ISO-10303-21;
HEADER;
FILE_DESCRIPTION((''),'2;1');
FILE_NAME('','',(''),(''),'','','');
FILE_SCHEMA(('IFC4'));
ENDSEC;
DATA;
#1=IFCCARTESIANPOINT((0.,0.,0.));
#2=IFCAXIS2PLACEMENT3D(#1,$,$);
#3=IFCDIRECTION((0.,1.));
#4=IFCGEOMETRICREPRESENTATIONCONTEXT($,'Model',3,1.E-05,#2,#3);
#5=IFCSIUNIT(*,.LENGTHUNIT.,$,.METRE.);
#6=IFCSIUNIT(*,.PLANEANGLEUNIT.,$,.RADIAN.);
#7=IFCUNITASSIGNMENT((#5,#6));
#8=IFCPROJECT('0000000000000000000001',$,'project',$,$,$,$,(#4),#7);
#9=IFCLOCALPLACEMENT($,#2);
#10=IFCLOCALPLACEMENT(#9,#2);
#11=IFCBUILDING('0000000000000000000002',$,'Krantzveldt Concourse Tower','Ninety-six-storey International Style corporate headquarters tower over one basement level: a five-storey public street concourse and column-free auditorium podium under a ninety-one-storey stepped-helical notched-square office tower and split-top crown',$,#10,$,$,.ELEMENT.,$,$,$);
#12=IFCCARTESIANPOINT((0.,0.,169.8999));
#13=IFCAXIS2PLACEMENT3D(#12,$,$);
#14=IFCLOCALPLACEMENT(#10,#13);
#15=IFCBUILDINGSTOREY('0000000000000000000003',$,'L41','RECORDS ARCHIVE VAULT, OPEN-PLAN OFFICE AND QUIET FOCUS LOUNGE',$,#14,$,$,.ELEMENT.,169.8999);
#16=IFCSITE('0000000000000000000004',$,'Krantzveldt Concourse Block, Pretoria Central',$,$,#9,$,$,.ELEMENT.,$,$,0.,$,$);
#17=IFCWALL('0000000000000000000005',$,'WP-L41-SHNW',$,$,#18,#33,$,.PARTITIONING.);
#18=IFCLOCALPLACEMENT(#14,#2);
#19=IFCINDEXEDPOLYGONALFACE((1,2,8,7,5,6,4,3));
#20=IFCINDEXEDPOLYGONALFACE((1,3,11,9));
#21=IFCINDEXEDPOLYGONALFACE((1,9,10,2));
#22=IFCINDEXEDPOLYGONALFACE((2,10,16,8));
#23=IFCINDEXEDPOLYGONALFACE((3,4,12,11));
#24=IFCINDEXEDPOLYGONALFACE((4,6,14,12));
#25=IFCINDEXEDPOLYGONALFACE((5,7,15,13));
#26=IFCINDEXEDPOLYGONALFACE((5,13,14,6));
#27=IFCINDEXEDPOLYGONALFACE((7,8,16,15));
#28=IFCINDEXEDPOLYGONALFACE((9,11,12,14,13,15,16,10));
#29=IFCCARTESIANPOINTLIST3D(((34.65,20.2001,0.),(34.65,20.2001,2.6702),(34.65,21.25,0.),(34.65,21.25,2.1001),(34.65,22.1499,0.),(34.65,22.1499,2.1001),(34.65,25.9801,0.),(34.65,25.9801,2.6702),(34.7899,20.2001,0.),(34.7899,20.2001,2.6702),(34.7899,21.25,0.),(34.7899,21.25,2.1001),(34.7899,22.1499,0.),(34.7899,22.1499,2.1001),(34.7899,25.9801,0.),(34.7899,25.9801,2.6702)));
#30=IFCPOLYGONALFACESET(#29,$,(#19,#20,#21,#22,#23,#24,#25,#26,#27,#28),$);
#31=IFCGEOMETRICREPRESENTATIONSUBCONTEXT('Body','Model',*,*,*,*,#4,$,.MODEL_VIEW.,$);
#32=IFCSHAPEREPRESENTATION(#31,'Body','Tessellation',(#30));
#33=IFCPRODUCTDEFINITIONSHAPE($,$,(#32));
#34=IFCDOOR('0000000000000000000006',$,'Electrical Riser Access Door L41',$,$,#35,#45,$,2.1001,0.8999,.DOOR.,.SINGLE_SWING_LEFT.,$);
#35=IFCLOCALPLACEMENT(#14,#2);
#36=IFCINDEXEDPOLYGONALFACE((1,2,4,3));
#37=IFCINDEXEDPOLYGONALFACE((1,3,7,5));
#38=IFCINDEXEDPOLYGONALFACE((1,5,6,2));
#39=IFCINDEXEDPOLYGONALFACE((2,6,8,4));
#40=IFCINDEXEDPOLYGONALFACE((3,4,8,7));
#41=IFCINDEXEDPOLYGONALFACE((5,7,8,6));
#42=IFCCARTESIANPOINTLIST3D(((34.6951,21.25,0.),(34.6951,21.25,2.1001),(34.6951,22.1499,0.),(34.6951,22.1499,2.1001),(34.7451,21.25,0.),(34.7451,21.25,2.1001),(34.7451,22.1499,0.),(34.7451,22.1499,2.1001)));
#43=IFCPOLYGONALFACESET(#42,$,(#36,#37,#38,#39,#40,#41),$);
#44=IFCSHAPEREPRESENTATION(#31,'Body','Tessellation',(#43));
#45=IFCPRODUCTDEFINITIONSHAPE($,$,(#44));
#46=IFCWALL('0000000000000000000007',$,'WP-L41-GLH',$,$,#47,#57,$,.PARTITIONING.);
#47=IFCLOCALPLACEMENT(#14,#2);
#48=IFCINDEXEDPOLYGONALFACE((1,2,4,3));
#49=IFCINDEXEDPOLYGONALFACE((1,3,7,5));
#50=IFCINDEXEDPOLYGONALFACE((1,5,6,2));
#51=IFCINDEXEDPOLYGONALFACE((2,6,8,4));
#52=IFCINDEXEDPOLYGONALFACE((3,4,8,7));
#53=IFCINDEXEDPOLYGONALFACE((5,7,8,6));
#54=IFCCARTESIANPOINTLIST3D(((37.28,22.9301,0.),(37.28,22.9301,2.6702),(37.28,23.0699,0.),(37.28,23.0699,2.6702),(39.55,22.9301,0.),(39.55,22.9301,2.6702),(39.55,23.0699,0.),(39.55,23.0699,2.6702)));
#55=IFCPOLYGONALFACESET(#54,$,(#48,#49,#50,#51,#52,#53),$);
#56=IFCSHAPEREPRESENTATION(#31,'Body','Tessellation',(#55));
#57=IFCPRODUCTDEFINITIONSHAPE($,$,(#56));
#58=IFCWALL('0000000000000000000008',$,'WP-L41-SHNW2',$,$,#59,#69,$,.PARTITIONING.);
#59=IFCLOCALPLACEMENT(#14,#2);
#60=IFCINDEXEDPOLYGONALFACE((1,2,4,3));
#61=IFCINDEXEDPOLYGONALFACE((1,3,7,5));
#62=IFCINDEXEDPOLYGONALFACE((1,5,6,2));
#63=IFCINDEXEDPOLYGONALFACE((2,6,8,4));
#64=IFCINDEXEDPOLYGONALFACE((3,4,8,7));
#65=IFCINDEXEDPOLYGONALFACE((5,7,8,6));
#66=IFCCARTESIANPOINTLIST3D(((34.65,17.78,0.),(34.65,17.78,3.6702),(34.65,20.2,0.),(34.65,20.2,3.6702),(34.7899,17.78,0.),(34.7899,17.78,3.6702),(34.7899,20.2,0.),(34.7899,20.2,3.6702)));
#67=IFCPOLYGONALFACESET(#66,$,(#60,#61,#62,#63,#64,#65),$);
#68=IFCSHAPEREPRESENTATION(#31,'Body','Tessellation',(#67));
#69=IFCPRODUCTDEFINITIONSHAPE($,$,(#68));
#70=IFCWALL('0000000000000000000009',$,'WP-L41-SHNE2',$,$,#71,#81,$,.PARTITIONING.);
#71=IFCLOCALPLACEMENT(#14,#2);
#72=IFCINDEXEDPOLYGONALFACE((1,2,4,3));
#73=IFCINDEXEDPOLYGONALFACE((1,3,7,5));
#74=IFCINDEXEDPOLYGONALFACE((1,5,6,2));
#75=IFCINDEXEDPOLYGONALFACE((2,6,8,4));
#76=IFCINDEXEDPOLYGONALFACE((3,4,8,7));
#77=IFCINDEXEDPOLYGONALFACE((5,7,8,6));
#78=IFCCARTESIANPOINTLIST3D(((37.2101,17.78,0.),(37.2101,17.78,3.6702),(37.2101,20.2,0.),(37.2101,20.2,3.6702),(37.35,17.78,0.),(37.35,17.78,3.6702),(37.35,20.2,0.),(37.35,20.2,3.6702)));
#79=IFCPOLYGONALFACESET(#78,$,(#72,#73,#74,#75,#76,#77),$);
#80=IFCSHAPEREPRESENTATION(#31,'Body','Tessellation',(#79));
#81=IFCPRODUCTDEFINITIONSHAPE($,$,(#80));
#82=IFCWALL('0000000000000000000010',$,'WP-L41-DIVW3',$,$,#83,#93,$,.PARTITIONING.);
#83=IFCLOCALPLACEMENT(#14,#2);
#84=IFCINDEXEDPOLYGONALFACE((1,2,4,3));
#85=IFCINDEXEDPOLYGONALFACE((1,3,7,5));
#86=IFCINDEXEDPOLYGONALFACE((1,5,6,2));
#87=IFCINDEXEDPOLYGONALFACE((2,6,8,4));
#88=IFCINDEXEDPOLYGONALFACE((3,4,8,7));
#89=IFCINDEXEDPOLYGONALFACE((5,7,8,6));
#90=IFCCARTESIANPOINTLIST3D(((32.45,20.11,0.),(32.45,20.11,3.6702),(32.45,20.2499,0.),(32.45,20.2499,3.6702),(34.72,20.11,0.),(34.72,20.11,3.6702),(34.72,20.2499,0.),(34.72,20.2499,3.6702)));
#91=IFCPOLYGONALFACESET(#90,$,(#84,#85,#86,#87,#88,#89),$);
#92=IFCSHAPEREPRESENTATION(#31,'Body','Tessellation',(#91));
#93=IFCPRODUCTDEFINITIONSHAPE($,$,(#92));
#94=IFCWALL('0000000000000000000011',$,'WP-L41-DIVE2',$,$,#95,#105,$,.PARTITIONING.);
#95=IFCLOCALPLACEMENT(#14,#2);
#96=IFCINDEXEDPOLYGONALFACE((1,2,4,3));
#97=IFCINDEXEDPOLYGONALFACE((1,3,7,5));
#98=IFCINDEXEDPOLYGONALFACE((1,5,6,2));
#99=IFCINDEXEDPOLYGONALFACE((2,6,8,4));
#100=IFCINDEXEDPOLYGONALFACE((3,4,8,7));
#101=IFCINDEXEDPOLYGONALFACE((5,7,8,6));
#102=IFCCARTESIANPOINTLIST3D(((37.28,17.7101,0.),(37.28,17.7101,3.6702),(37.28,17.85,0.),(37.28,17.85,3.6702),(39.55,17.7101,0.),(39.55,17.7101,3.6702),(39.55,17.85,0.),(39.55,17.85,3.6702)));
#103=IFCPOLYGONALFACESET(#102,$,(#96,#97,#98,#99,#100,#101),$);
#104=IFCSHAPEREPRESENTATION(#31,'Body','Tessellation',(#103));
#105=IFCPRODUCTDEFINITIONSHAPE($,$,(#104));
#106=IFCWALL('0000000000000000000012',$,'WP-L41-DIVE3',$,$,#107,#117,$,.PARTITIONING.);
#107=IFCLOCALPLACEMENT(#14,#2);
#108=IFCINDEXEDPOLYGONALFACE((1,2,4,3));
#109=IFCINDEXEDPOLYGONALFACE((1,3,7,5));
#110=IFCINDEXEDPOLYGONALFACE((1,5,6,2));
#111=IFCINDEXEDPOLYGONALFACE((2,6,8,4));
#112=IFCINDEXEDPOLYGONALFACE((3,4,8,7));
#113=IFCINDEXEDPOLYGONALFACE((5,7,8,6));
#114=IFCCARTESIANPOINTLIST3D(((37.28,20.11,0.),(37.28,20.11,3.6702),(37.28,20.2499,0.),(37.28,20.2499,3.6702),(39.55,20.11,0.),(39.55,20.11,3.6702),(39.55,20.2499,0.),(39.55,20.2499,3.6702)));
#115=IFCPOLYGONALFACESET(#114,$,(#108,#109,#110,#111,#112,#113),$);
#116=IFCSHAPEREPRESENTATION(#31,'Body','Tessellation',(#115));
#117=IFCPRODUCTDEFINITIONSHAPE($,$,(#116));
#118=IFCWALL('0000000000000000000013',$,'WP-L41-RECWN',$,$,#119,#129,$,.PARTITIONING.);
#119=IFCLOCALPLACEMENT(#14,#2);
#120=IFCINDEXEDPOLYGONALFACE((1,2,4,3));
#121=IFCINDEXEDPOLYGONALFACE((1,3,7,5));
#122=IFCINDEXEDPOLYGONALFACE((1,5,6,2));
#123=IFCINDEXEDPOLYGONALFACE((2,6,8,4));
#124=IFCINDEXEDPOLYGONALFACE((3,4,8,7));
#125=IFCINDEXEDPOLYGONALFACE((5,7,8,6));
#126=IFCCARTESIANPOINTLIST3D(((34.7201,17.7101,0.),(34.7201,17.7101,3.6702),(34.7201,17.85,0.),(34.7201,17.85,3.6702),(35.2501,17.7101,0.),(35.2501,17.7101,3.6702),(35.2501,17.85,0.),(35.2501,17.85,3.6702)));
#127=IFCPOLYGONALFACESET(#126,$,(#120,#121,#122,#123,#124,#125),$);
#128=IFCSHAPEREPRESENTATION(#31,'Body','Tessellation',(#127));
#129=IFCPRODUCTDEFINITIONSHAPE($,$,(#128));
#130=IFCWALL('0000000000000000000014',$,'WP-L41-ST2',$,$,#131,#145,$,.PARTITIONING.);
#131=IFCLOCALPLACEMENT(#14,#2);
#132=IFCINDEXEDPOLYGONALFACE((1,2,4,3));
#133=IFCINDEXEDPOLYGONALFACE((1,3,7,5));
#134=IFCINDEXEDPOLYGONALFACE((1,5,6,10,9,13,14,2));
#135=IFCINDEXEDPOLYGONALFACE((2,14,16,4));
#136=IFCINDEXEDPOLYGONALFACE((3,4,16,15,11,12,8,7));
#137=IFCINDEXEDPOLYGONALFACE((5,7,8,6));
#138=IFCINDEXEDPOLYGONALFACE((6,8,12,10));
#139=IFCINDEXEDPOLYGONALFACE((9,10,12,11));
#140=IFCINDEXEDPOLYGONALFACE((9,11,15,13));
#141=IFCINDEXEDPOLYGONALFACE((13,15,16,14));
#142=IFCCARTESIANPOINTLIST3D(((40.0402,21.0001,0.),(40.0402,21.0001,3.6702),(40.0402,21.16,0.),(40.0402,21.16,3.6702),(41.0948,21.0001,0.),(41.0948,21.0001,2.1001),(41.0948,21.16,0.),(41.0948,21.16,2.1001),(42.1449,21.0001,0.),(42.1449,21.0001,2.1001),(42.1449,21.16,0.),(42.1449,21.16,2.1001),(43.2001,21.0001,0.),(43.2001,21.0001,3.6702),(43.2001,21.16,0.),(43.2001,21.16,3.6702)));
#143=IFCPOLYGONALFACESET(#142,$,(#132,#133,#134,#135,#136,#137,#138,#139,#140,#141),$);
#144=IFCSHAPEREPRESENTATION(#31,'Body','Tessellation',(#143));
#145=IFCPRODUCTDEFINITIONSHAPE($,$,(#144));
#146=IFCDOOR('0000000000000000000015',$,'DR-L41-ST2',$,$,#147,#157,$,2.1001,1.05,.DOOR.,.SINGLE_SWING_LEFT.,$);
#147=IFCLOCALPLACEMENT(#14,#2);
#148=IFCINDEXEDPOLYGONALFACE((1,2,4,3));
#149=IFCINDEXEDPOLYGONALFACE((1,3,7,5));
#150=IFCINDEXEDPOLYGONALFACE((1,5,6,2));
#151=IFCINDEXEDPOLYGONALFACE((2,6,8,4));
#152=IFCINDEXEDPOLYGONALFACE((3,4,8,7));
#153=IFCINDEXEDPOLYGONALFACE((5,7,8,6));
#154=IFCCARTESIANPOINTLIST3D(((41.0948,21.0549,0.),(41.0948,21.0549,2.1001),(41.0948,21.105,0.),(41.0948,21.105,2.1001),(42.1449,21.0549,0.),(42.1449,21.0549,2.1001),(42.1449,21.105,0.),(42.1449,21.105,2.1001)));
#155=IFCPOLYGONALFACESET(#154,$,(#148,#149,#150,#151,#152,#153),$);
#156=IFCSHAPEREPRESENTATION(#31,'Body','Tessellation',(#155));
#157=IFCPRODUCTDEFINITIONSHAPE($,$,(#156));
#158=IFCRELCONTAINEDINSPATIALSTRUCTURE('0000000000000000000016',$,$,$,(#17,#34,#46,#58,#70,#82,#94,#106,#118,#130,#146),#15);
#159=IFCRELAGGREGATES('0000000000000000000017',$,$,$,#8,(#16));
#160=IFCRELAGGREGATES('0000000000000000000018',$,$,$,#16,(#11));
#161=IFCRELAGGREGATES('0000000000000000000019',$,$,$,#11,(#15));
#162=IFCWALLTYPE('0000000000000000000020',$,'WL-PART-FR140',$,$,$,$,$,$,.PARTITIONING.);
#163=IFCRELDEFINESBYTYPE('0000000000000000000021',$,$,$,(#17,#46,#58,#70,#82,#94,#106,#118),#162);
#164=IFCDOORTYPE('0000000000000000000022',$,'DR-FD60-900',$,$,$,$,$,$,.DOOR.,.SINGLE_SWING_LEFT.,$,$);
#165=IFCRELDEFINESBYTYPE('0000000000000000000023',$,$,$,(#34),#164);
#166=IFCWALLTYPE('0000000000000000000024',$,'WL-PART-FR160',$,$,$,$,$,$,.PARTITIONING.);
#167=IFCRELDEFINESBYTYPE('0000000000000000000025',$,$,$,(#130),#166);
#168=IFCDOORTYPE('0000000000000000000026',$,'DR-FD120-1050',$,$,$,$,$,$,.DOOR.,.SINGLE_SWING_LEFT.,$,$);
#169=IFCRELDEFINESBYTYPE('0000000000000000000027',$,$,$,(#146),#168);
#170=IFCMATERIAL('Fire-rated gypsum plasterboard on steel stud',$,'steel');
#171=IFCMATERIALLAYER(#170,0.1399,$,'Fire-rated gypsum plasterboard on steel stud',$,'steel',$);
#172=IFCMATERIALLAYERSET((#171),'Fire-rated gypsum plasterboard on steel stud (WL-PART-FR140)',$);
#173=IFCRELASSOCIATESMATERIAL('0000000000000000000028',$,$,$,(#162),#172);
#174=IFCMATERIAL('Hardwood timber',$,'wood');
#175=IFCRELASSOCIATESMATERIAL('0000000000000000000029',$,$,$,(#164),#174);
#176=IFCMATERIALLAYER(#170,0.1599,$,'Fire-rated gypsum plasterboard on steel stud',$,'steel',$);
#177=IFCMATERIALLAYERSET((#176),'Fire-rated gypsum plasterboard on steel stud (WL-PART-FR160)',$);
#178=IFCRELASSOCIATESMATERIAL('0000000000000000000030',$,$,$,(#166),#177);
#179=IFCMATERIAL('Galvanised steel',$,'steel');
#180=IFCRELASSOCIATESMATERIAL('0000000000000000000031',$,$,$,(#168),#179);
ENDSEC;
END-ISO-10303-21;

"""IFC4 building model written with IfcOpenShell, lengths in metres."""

from ifc_helpers import new_model, si_unit, direction, frame, frame_2d, origin, place, context, subcontext, project, spatial, rectangle, extrude, material, layer, layer_set, type_object, element, fill, save


model = new_model("IFC4")

# Units and contexts
model_context = context("Model", 3, precision=1e-05, world=origin(), true_north=direction((0.0, 1.0)))
body_context = subcontext(model_context, "Body", "Model", "MODEL_VIEW")
ifc_project = project(units=[si_unit("LENGTHUNIT", "METRE"), si_unit("PLANEANGLEUNIT", "RADIAN")], contexts=[model_context])

# Site, building, storey
site_placement = place(None, origin())
site = spatial("IfcSite", under=ifc_project, at=site_placement, Name="Krantzveldt Concourse Block, Pretoria Central", CompositionType="ELEMENT", RefElevation=0.0)
building_placement = place(site_placement, origin())
building = spatial("IfcBuilding", under=site, at=building_placement, Name="Krantzveldt Concourse Tower", Description="Ninety-six-storey International Style corporate headquarters tower over one basement level: a five-storey public street concourse and column-free auditorium podium under a ninety-one-storey stepped-helical notched-square office tower and split-top crown", CompositionType="ELEMENT")
storey_placement = place(building_placement, frame((0.0, 0.0, 169.8999)))
storey = spatial("IfcBuildingStorey", under=building, at=storey_placement, Name="L41", Description="RECORDS ARCHIVE VAULT, OPEN-PLAN OFFICE AND QUIET FOCUS LOUNGE", CompositionType="ELEMENT", Elevation=169.8999)

# Wall, opening, door
ifc_material_1 = material(Name="Fire-rated gypsum plasterboard on steel stud", Category="steel")
ifc_layer_1 = layer(ifc_material_1, 0.1399, Name="Fire-rated gypsum plasterboard on steel stud", Category="steel")
ifc_layer_set_1 = layer_set([ifc_layer_1], Name="Fire-rated gypsum plasterboard on steel stud (WL-PART-FR140)")
wall_type_1 = type_object("IfcWallType", Name="WL-PART-FR140", PredefinedType="PARTITIONING", material=ifc_layer_set_1)
wall_1_placement = place(storey_placement, frame((34.72, 20.2, 0.0), z_axis=(0.0, 0.0, 1.0), x_axis=(0.0, 1.0, 0.0)))
wall_1 = element("IfcWall", 1, at=wall_1_placement, inside=storey, type_object=wall_type_1, Name="WP-L41-SHNW", PredefinedType="PARTITIONING", context=body_context, shape_type="SweptSolid", body=[
    extrude(rectangle(XDim=5.78, YDim=0.1399, at=frame_2d((2.8901, 0.0))), origin(), (0.0, 0.0, 1.0), 2.6702),
])
opening_1_placement = place(wall_1_placement, frame((1.05, 0.0, 0.0)))
opening_1 = element("IfcOpeningElement", 2, at=opening_1_placement, cuts=wall_1, PredefinedType="OPENING", context=body_context, shape_type="SweptSolid", body=[
    extrude(rectangle(XDim=0.8999, YDim=2.1001, at=frame_2d((0.45, 1.05))), frame((0.0, 0.0801, 0.0), z_axis=(0.0, -1.0, 0.0), x_axis=(1.0, 0.0, 0.0)), (0.0, 0.0, 1.0), 0.1599),
])
ifc_material_2 = material(Name="Hardwood timber", Category="wood")
door_type_1 = type_object("IfcDoorType", Name="DR-FD60-900", OperationType="SINGLE_SWING_LEFT", PredefinedType="DOOR", material=ifc_material_2)
door_1_placement = place(opening_1_placement, origin())
door_1 = element("IfcDoor", 3, at=door_1_placement, inside=storey, type_object=door_type_1, Name="Electrical Riser Access Door L41", OperationType="SINGLE_SWING_LEFT", OverallHeight=2.1001, OverallWidth=0.8999, PredefinedType="DOOR", context=body_context, shape_type="SweptSolid", body=[
    extrude(rectangle(XDim=0.8999, YDim=2.1001, at=frame_2d((0.45, 1.05))), frame((0.0, 0.0249, 0.0), z_axis=(0.0, -1.0, 0.0), x_axis=(1.0, 0.0, 0.0)), (0.0, 0.0, 1.0), 0.05),
])
fill(opening_1, door_1)

# Walls
wall_2_placement = place(storey_placement, frame((37.28, 23.0, 0.0), z_axis=(0.0, 0.0, 1.0), x_axis=(1.0, 0.0, 0.0)))
element("IfcWall", 4, at=wall_2_placement, inside=storey, type_object=wall_type_1, Name="WP-L41-GLH", PredefinedType="PARTITIONING", context=body_context, shape_type="SweptSolid", body=[
    extrude(rectangle(XDim=2.27, YDim=0.1399, at=frame_2d((1.135, 0.0))), origin(), (0.0, 0.0, 1.0), 2.6702),
])
for number, where, z_axis, x_axis, name in (
    (5, (34.72, 17.78, 0.0), (0.0, 0.0, 1.0), (0.0, 1.0, 0.0), "WP-L41-SHNW2"),
    (6, (37.28, 17.78, 0.0), (0.0, 0.0, 1.0), (0.0, 1.0, 0.0), "WP-L41-SHNE2"),
):
    element("IfcWall", number, at=place(storey_placement, frame(where, z_axis=z_axis, x_axis=x_axis)), inside=storey, type_object=wall_type_1, Name=name, PredefinedType="PARTITIONING", context=body_context, shape_type="SweptSolid", body=[
        extrude(rectangle(XDim=2.4199, YDim=0.1399, at=frame_2d((1.21, 0.0))), origin(), (0.0, 0.0, 1.0), 3.6702),
    ])
for number, where, z_axis, x_axis, name in (
    (7, (32.45, 20.1799, 0.0), (0.0, 0.0, 1.0), (1.0, 0.0, 0.0), "WP-L41-DIVW3"),
    (8, (37.28, 17.78, 0.0), (0.0, 0.0, 1.0), (1.0, 0.0, 0.0), "WP-L41-DIVE2"),
    (9, (37.28, 20.1799, 0.0), (0.0, 0.0, 1.0), (1.0, 0.0, 0.0), "WP-L41-DIVE3"),
):
    element("IfcWall", number, at=place(storey_placement, frame(where, z_axis=z_axis, x_axis=x_axis)), inside=storey, type_object=wall_type_1, Name=name, PredefinedType="PARTITIONING", context=body_context, shape_type="SweptSolid", body=[
        extrude(rectangle(XDim=2.27, YDim=0.1399, at=frame_2d((1.135, 0.0))), origin(), (0.0, 0.0, 1.0), 3.6702),
    ])
wall_3_placement = place(storey_placement, frame((34.72, 17.78, 0.0), z_axis=(0.0, 0.0, 1.0), x_axis=(1.0, 0.0, 0.0)))
element("IfcWall", 10, at=wall_3_placement, inside=storey, type_object=wall_type_1, Name="WP-L41-RECWN", PredefinedType="PARTITIONING", context=body_context, shape_type="SweptSolid", body=[
    extrude(rectangle(XDim=0.53, YDim=0.1399, at=frame_2d((0.2651, 0.0))), origin(), (0.0, 0.0, 1.0), 3.6702),
])

# Wall, opening, door
ifc_layer_2 = layer(ifc_material_1, 0.1599, Name="Fire-rated gypsum plasterboard on steel stud", Category="steel")
ifc_layer_set_2 = layer_set([ifc_layer_2], Name="Fire-rated gypsum plasterboard on steel stud (WL-PART-FR160)")
wall_type_2 = type_object("IfcWallType", Name="WL-PART-FR160", PredefinedType="PARTITIONING", material=ifc_layer_set_2)
wall_4_placement = place(storey_placement, frame((40.04, 21.0801, 0.0), z_axis=(0.0, 0.0, 1.0), x_axis=(1.0, 0.0, 0.0)))
wall_4 = element("IfcWall", 11, at=wall_4_placement, inside=storey, type_object=wall_type_2, Name="WP-L41-ST2", PredefinedType="PARTITIONING", context=body_context, shape_type="SweptSolid", body=[
    extrude(rectangle(XDim=3.1599, YDim=0.1599, at=frame_2d((1.5801, 0.0))), origin(), (0.0, 0.0, 1.0), 3.6702),
])
opening_2_placement = place(wall_4_placement, frame((1.0549, 0.0, 0.0)))
opening_2 = element("IfcOpeningElement", 12, at=opening_2_placement, cuts=wall_4, PredefinedType="OPENING", context=body_context, shape_type="SweptSolid", body=[
    extrude(rectangle(XDim=1.05, YDim=2.1001, at=frame_2d((0.5249, 1.05))), frame((0.0, 0.0898, 0.0), z_axis=(0.0, -1.0, 0.0), x_axis=(1.0, 0.0, 0.0)), (0.0, 0.0, 1.0), 0.1799),
])
ifc_material_3 = material(Name="Galvanised steel", Category="steel")
door_type_2 = type_object("IfcDoorType", Name="DR-FD120-1050", OperationType="SINGLE_SWING_LEFT", PredefinedType="DOOR", material=ifc_material_3)
door_2_placement = place(opening_2_placement, origin())
door_2 = element("IfcDoor", 13, at=door_2_placement, inside=storey, type_object=door_type_2, Name="DR-L41-ST2", OperationType="SINGLE_SWING_LEFT", OverallHeight=2.1001, OverallWidth=1.05, PredefinedType="DOOR", context=body_context, shape_type="SweptSolid", body=[
    extrude(rectangle(XDim=1.05, YDim=2.1001, at=frame_2d((0.5249, 1.05))), frame((0.0, 0.0249, 0.0), z_axis=(0.0, -1.0, 0.0), x_axis=(1.0, 0.0, 0.0)), (0.0, 0.0, 1.0), 0.05),
])
fill(opening_2, door_2)

save(model, "model.ifc")
